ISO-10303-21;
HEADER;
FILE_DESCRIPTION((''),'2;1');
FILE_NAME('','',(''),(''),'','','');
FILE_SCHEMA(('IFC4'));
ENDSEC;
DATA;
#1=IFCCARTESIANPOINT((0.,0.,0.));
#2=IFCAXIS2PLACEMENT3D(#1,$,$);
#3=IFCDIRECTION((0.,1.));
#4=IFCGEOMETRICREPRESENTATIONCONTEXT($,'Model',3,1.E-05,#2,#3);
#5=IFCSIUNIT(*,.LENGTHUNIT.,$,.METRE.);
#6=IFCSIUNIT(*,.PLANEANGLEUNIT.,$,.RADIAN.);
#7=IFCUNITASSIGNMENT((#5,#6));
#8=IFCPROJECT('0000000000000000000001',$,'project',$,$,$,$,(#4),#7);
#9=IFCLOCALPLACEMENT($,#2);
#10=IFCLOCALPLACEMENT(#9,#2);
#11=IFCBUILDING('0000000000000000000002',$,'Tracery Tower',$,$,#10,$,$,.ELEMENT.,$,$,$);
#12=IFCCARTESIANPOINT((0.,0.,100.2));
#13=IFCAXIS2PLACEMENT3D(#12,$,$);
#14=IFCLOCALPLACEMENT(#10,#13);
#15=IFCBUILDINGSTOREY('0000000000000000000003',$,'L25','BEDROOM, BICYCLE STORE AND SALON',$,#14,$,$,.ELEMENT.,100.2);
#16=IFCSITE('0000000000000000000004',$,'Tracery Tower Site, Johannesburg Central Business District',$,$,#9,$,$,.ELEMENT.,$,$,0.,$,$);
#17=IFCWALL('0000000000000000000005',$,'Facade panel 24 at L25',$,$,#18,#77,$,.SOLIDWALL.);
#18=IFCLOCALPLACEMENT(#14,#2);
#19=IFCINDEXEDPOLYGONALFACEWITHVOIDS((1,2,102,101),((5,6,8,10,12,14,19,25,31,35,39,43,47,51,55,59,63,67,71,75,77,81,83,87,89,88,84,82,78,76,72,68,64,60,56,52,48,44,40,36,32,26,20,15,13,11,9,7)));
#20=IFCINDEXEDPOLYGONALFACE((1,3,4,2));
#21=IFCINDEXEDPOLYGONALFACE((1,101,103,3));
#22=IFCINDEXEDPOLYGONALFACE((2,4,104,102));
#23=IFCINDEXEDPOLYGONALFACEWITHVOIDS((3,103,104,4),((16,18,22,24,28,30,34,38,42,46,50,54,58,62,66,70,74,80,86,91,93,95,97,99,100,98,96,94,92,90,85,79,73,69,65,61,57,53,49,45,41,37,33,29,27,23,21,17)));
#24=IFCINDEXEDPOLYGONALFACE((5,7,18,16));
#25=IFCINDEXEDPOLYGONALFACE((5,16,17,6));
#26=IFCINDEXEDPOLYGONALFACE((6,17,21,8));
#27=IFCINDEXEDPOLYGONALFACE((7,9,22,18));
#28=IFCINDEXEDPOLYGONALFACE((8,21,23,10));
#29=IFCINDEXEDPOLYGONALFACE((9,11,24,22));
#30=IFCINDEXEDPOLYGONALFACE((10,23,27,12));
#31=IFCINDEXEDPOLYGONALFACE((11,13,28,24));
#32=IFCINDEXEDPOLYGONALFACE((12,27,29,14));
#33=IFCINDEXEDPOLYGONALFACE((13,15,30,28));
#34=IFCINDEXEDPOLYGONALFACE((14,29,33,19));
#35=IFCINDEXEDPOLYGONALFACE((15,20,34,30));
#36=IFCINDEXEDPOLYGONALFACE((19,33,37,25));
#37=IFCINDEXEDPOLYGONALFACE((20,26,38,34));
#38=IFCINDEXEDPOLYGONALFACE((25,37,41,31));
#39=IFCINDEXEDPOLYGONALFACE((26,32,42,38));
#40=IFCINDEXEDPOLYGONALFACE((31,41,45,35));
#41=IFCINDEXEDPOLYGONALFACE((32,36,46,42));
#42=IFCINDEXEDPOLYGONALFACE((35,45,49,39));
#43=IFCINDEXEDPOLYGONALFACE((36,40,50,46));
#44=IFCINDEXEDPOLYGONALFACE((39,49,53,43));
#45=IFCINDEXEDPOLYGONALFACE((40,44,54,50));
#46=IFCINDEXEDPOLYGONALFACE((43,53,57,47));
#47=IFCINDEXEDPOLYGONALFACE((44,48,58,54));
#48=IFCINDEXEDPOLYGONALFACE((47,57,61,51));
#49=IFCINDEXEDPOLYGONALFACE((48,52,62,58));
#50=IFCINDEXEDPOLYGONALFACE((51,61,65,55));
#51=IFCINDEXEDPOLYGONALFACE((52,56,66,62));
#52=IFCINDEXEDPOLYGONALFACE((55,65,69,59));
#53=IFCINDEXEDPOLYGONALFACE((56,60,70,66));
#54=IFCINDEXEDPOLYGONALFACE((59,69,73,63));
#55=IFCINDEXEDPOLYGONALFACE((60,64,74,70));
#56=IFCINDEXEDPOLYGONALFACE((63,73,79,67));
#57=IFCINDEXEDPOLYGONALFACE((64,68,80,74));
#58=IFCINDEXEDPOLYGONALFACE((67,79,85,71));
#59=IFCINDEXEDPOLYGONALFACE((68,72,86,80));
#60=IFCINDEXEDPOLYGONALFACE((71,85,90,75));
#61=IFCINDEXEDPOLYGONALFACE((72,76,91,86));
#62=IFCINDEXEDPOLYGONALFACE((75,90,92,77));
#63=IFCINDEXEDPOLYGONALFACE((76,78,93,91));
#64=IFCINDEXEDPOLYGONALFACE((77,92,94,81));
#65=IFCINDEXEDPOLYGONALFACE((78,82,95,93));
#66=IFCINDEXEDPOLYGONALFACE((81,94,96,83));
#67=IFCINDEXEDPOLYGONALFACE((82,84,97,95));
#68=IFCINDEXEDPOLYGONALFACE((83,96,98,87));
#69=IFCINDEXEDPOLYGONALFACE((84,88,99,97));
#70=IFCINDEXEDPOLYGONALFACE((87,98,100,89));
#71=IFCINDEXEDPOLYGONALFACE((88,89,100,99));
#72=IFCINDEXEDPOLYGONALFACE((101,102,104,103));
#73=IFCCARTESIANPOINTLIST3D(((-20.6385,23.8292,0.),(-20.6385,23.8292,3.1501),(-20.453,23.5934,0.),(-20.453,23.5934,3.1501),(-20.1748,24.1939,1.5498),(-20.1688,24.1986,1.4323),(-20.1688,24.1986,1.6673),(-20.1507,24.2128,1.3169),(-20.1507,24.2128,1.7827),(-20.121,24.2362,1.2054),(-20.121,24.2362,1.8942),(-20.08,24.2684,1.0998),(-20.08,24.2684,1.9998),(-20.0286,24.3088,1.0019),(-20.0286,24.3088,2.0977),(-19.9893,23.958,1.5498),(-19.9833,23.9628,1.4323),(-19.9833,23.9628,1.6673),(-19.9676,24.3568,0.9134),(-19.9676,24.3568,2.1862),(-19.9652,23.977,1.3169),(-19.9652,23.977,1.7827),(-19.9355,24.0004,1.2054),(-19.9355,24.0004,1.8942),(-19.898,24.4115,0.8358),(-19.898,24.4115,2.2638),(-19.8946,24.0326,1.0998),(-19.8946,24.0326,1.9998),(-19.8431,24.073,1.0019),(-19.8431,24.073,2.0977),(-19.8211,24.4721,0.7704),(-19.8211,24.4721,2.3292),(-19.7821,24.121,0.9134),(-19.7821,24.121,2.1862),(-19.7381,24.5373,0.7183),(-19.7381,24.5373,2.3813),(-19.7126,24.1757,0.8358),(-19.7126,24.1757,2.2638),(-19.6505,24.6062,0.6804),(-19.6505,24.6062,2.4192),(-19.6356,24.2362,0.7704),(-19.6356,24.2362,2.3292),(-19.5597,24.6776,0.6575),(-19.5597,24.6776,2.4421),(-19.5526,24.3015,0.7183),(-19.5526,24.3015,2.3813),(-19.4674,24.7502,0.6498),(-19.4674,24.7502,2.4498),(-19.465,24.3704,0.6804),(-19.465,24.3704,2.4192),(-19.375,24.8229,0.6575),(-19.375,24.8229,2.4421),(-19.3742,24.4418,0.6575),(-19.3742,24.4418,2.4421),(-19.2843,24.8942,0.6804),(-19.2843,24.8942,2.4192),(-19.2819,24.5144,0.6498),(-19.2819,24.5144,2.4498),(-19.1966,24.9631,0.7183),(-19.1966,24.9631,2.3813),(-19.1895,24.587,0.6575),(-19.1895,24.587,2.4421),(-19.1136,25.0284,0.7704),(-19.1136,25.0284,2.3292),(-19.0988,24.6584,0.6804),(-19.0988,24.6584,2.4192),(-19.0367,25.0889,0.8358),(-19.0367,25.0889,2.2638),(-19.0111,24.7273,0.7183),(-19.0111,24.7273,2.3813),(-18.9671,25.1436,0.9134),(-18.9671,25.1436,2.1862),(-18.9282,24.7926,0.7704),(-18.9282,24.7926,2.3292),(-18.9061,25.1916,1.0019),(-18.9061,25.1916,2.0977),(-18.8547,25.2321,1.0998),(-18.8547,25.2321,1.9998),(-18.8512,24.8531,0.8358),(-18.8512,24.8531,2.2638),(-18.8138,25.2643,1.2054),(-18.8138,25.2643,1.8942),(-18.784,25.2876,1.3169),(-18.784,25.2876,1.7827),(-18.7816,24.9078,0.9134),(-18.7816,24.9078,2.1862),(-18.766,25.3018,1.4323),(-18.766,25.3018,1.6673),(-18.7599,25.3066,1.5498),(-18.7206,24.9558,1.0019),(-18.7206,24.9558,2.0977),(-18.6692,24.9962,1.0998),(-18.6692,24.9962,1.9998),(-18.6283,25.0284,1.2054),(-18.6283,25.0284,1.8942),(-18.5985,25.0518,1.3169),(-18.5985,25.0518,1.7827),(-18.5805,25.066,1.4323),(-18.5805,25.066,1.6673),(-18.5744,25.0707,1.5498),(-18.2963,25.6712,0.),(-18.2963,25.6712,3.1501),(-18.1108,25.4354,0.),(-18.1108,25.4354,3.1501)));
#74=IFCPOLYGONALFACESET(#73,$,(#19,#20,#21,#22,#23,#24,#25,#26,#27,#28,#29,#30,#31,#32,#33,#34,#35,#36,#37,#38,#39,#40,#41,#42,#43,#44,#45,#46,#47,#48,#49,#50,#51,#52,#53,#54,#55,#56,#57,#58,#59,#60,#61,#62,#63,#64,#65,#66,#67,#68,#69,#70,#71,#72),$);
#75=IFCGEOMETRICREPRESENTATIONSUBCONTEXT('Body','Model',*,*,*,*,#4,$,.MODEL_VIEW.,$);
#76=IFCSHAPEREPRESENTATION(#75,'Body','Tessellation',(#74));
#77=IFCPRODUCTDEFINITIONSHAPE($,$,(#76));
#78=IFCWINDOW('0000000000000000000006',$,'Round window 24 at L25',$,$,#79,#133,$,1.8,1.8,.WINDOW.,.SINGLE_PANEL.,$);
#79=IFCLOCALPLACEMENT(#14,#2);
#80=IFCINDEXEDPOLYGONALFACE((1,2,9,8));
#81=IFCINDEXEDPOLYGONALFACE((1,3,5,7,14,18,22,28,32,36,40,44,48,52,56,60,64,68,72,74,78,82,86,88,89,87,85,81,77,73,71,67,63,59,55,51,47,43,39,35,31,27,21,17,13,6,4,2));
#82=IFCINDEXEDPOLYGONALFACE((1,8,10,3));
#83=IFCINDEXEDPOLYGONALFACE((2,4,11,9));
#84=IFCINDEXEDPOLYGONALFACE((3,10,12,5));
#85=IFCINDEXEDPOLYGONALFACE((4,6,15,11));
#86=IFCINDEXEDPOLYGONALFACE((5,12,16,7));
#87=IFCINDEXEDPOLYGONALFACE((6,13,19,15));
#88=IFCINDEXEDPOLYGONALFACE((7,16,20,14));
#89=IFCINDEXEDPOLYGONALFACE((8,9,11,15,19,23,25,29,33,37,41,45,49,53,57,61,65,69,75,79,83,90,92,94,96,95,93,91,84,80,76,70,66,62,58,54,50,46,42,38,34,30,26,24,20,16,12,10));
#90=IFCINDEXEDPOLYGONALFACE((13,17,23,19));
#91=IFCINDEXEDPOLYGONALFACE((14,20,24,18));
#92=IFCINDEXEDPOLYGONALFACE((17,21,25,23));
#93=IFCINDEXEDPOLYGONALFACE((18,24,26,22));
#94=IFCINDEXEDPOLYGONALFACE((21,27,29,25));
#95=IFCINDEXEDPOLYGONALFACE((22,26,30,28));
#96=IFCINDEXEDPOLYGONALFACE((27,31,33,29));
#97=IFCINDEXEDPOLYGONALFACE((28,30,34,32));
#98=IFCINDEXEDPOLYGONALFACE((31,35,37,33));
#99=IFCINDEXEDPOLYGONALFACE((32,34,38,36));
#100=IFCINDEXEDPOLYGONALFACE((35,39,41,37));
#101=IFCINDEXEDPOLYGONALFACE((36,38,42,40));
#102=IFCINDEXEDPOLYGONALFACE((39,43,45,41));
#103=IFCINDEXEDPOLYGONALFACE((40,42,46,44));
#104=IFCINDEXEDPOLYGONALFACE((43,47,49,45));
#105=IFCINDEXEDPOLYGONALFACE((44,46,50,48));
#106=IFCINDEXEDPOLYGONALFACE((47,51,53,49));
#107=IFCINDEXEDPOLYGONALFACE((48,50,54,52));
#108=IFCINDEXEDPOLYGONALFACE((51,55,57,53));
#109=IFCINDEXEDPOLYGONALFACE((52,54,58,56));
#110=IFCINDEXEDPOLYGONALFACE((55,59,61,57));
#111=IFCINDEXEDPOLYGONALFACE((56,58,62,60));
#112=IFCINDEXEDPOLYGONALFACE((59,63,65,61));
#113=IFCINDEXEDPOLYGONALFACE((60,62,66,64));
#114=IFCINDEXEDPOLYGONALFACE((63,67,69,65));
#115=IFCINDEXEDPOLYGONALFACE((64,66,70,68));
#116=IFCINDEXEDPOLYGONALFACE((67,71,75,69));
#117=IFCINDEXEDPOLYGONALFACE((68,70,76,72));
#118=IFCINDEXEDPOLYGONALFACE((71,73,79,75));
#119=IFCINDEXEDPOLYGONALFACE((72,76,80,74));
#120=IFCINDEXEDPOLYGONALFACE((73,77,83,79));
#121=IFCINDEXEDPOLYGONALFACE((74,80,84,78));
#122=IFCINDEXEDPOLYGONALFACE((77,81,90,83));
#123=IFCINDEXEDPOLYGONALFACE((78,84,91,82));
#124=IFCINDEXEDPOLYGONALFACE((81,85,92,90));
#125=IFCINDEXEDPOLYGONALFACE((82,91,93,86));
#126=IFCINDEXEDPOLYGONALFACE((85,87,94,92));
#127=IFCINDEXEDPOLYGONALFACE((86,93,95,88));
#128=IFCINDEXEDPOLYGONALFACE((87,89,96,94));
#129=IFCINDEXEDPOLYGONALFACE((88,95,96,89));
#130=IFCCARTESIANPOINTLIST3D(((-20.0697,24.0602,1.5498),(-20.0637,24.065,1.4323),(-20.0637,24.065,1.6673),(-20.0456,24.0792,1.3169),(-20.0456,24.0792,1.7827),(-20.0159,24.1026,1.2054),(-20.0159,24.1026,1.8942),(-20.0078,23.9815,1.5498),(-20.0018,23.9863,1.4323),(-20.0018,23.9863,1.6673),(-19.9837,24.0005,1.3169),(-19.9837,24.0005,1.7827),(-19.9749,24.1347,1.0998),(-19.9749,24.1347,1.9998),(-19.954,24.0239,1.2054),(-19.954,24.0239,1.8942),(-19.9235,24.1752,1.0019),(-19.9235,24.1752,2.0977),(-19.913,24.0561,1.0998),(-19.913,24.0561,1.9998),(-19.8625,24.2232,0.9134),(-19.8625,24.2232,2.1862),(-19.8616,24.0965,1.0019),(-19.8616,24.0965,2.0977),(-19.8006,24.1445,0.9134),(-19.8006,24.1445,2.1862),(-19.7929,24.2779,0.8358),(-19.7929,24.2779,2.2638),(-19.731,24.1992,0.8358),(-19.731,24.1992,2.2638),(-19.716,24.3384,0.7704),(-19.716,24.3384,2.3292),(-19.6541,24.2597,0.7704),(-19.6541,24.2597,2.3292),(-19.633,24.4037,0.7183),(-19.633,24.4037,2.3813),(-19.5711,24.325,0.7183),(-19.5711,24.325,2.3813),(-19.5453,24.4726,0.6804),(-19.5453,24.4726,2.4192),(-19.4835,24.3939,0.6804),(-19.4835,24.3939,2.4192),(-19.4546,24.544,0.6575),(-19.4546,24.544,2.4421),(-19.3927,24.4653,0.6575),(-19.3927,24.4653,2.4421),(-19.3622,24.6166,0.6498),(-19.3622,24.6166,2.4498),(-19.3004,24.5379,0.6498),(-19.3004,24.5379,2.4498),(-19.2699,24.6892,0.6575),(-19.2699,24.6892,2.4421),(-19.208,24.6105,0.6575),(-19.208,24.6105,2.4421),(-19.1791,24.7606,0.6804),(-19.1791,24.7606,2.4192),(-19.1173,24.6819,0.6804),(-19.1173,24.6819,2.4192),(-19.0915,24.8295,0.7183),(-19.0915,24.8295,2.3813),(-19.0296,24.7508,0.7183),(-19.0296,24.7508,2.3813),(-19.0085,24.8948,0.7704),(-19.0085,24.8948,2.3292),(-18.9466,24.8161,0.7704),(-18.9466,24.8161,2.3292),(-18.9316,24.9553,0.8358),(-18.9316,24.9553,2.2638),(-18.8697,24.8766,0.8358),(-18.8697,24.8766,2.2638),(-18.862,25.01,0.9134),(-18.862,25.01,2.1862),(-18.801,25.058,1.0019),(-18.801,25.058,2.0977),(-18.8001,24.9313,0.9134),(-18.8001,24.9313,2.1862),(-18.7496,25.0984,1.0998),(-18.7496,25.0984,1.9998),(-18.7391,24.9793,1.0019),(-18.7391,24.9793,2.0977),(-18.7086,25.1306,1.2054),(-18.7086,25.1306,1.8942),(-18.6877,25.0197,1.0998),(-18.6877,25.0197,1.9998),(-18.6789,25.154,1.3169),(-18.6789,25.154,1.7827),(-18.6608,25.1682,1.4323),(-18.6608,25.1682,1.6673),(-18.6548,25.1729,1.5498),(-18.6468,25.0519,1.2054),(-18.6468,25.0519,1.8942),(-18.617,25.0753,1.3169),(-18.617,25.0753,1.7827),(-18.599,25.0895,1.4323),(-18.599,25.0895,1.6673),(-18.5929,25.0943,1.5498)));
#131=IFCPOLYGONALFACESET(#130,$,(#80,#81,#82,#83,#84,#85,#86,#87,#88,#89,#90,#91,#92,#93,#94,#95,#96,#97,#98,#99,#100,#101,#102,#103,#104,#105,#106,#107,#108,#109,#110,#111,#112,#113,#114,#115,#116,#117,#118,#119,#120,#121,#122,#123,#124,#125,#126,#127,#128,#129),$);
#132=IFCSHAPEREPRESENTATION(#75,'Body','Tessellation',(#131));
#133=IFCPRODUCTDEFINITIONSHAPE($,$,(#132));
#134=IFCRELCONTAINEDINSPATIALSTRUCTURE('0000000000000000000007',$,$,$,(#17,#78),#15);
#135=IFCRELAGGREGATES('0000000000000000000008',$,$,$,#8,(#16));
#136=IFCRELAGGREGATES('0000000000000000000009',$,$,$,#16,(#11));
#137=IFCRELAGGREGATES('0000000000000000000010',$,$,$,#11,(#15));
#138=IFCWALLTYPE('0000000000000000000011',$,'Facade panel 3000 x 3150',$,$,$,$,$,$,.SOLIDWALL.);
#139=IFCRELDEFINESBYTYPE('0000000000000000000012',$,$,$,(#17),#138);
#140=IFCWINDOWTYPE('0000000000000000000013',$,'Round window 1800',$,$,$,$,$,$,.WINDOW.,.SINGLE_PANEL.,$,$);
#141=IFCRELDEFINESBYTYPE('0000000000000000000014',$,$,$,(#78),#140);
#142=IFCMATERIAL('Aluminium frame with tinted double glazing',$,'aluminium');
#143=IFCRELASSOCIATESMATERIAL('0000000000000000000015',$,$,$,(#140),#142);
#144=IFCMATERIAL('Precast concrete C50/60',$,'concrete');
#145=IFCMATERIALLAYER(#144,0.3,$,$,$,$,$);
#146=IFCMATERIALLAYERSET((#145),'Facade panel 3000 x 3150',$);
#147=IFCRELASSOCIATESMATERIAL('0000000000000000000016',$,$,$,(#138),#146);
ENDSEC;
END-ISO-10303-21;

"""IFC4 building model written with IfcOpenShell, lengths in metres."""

from ifc_helpers import new_model, si_unit, direction, frame, frame_2d, origin, origin_2d, place, context, subcontext, project, spatial, rectangle, circle, extrude, material, layer, layer_set, type_object, element, fill, save


model = new_model("IFC4")

# Units and contexts
model_context = context("Model", 3, precision=1e-05, world=origin(), true_north=direction((0.0, 1.0)))
body_context = subcontext(model_context, "Body", "Model", "MODEL_VIEW")
ifc_project = project(units=[si_unit("LENGTHUNIT", "METRE"), si_unit("PLANEANGLEUNIT", "RADIAN")], contexts=[model_context])

# Site, building, storey
site_placement = place(None, origin())
site = spatial("IfcSite", under=ifc_project, at=site_placement, Name="Tracery Tower Site, Johannesburg Central Business District", CompositionType="ELEMENT", RefElevation=0.0)
building_placement = place(site_placement, origin())
building = spatial("IfcBuilding", under=site, at=building_placement, Name="Tracery Tower", CompositionType="ELEMENT")
storey_placement = place(building_placement, frame((0.0, 0.0, 100.2)))
storey = spatial("IfcBuildingStorey", under=building, at=storey_placement, Name="L25", Description="BEDROOM, BICYCLE STORE AND SALON", CompositionType="ELEMENT", Elevation=100.2)

# Wall, opening, window
ifc_material_1 = material(Name="Aluminium frame with tinted double glazing", Category="aluminium")
window_type = type_object("IfcWindowType", Name="Round window 1800", PartitioningType="SINGLE_PANEL", PredefinedType="WINDOW", material=ifc_material_1)
ifc_material_2 = material(Name="Precast concrete C50/60", Category="concrete")
ifc_layer_1 = layer(ifc_material_2, 0.3)
ifc_layer_set_1 = layer_set([ifc_layer_1], Name="Facade panel 3000 x 3150")
wall_type_1 = type_object("IfcWallType", Name="Facade panel 3000 x 3150", PredefinedType="SOLIDWALL", material=ifc_layer_set_1)
wall_1_placement = place(storey_placement, frame((-18.2036, 25.5532, 0.0), z_axis=(0.0, 0.0, 1.0), x_axis=(-0.786045, -0.618169, 0.0)))
wall_1 = element("IfcWall", 1, at=wall_1_placement, inside=storey, type_object=wall_type_1, Name="Facade panel 24 at L25", PredefinedType="SOLIDWALL", context=body_context, shape_type="SweptSolid", body=[
    extrude(rectangle(XDim=2.9797, YDim=0.3, at=frame_2d((1.4897, 0.0))), origin(), (0.0, 0.0, 1.0), 3.1501),
])
opening_1_placement = place(wall_1_placement, frame((1.4897, 0.0, 1.5498)))
opening_1 = element("IfcOpeningElement", 2, at=opening_1_placement, cuts=wall_1, PredefinedType="OPENING", context=body_context, shape_type="SweptSolid", body=[
    extrude(circle(Radius=0.9, at=origin_2d()), frame((0.0, 0.1599, 0.0), z_axis=(0.0, -1.0, 0.0), x_axis=(1.0, 0.0, 0.0)), (0.0, 0.0, 1.0), 0.3201),
])
window_1_placement = place(opening_1_placement, origin())
window_1 = element("IfcWindow", 3, at=window_1_placement, inside=storey, type_object=window_type, Name="Round window 24 at L25", OverallHeight=1.8, OverallWidth=1.8, PartitioningType="SINGLE_PANEL", PredefinedType="WINDOW", context=body_context, shape_type="SweptSolid", body=[
    extrude(circle(Radius=0.9, at=origin_2d()), frame((0.0, 0.1201, 0.0), z_axis=(0.0, -1.0, 0.0), x_axis=(1.0, 0.0, 0.0)), (0.0, 0.0, 1.0), 0.1001),
])
fill(opening_1, window_1)

save(model, "model.ifc")
